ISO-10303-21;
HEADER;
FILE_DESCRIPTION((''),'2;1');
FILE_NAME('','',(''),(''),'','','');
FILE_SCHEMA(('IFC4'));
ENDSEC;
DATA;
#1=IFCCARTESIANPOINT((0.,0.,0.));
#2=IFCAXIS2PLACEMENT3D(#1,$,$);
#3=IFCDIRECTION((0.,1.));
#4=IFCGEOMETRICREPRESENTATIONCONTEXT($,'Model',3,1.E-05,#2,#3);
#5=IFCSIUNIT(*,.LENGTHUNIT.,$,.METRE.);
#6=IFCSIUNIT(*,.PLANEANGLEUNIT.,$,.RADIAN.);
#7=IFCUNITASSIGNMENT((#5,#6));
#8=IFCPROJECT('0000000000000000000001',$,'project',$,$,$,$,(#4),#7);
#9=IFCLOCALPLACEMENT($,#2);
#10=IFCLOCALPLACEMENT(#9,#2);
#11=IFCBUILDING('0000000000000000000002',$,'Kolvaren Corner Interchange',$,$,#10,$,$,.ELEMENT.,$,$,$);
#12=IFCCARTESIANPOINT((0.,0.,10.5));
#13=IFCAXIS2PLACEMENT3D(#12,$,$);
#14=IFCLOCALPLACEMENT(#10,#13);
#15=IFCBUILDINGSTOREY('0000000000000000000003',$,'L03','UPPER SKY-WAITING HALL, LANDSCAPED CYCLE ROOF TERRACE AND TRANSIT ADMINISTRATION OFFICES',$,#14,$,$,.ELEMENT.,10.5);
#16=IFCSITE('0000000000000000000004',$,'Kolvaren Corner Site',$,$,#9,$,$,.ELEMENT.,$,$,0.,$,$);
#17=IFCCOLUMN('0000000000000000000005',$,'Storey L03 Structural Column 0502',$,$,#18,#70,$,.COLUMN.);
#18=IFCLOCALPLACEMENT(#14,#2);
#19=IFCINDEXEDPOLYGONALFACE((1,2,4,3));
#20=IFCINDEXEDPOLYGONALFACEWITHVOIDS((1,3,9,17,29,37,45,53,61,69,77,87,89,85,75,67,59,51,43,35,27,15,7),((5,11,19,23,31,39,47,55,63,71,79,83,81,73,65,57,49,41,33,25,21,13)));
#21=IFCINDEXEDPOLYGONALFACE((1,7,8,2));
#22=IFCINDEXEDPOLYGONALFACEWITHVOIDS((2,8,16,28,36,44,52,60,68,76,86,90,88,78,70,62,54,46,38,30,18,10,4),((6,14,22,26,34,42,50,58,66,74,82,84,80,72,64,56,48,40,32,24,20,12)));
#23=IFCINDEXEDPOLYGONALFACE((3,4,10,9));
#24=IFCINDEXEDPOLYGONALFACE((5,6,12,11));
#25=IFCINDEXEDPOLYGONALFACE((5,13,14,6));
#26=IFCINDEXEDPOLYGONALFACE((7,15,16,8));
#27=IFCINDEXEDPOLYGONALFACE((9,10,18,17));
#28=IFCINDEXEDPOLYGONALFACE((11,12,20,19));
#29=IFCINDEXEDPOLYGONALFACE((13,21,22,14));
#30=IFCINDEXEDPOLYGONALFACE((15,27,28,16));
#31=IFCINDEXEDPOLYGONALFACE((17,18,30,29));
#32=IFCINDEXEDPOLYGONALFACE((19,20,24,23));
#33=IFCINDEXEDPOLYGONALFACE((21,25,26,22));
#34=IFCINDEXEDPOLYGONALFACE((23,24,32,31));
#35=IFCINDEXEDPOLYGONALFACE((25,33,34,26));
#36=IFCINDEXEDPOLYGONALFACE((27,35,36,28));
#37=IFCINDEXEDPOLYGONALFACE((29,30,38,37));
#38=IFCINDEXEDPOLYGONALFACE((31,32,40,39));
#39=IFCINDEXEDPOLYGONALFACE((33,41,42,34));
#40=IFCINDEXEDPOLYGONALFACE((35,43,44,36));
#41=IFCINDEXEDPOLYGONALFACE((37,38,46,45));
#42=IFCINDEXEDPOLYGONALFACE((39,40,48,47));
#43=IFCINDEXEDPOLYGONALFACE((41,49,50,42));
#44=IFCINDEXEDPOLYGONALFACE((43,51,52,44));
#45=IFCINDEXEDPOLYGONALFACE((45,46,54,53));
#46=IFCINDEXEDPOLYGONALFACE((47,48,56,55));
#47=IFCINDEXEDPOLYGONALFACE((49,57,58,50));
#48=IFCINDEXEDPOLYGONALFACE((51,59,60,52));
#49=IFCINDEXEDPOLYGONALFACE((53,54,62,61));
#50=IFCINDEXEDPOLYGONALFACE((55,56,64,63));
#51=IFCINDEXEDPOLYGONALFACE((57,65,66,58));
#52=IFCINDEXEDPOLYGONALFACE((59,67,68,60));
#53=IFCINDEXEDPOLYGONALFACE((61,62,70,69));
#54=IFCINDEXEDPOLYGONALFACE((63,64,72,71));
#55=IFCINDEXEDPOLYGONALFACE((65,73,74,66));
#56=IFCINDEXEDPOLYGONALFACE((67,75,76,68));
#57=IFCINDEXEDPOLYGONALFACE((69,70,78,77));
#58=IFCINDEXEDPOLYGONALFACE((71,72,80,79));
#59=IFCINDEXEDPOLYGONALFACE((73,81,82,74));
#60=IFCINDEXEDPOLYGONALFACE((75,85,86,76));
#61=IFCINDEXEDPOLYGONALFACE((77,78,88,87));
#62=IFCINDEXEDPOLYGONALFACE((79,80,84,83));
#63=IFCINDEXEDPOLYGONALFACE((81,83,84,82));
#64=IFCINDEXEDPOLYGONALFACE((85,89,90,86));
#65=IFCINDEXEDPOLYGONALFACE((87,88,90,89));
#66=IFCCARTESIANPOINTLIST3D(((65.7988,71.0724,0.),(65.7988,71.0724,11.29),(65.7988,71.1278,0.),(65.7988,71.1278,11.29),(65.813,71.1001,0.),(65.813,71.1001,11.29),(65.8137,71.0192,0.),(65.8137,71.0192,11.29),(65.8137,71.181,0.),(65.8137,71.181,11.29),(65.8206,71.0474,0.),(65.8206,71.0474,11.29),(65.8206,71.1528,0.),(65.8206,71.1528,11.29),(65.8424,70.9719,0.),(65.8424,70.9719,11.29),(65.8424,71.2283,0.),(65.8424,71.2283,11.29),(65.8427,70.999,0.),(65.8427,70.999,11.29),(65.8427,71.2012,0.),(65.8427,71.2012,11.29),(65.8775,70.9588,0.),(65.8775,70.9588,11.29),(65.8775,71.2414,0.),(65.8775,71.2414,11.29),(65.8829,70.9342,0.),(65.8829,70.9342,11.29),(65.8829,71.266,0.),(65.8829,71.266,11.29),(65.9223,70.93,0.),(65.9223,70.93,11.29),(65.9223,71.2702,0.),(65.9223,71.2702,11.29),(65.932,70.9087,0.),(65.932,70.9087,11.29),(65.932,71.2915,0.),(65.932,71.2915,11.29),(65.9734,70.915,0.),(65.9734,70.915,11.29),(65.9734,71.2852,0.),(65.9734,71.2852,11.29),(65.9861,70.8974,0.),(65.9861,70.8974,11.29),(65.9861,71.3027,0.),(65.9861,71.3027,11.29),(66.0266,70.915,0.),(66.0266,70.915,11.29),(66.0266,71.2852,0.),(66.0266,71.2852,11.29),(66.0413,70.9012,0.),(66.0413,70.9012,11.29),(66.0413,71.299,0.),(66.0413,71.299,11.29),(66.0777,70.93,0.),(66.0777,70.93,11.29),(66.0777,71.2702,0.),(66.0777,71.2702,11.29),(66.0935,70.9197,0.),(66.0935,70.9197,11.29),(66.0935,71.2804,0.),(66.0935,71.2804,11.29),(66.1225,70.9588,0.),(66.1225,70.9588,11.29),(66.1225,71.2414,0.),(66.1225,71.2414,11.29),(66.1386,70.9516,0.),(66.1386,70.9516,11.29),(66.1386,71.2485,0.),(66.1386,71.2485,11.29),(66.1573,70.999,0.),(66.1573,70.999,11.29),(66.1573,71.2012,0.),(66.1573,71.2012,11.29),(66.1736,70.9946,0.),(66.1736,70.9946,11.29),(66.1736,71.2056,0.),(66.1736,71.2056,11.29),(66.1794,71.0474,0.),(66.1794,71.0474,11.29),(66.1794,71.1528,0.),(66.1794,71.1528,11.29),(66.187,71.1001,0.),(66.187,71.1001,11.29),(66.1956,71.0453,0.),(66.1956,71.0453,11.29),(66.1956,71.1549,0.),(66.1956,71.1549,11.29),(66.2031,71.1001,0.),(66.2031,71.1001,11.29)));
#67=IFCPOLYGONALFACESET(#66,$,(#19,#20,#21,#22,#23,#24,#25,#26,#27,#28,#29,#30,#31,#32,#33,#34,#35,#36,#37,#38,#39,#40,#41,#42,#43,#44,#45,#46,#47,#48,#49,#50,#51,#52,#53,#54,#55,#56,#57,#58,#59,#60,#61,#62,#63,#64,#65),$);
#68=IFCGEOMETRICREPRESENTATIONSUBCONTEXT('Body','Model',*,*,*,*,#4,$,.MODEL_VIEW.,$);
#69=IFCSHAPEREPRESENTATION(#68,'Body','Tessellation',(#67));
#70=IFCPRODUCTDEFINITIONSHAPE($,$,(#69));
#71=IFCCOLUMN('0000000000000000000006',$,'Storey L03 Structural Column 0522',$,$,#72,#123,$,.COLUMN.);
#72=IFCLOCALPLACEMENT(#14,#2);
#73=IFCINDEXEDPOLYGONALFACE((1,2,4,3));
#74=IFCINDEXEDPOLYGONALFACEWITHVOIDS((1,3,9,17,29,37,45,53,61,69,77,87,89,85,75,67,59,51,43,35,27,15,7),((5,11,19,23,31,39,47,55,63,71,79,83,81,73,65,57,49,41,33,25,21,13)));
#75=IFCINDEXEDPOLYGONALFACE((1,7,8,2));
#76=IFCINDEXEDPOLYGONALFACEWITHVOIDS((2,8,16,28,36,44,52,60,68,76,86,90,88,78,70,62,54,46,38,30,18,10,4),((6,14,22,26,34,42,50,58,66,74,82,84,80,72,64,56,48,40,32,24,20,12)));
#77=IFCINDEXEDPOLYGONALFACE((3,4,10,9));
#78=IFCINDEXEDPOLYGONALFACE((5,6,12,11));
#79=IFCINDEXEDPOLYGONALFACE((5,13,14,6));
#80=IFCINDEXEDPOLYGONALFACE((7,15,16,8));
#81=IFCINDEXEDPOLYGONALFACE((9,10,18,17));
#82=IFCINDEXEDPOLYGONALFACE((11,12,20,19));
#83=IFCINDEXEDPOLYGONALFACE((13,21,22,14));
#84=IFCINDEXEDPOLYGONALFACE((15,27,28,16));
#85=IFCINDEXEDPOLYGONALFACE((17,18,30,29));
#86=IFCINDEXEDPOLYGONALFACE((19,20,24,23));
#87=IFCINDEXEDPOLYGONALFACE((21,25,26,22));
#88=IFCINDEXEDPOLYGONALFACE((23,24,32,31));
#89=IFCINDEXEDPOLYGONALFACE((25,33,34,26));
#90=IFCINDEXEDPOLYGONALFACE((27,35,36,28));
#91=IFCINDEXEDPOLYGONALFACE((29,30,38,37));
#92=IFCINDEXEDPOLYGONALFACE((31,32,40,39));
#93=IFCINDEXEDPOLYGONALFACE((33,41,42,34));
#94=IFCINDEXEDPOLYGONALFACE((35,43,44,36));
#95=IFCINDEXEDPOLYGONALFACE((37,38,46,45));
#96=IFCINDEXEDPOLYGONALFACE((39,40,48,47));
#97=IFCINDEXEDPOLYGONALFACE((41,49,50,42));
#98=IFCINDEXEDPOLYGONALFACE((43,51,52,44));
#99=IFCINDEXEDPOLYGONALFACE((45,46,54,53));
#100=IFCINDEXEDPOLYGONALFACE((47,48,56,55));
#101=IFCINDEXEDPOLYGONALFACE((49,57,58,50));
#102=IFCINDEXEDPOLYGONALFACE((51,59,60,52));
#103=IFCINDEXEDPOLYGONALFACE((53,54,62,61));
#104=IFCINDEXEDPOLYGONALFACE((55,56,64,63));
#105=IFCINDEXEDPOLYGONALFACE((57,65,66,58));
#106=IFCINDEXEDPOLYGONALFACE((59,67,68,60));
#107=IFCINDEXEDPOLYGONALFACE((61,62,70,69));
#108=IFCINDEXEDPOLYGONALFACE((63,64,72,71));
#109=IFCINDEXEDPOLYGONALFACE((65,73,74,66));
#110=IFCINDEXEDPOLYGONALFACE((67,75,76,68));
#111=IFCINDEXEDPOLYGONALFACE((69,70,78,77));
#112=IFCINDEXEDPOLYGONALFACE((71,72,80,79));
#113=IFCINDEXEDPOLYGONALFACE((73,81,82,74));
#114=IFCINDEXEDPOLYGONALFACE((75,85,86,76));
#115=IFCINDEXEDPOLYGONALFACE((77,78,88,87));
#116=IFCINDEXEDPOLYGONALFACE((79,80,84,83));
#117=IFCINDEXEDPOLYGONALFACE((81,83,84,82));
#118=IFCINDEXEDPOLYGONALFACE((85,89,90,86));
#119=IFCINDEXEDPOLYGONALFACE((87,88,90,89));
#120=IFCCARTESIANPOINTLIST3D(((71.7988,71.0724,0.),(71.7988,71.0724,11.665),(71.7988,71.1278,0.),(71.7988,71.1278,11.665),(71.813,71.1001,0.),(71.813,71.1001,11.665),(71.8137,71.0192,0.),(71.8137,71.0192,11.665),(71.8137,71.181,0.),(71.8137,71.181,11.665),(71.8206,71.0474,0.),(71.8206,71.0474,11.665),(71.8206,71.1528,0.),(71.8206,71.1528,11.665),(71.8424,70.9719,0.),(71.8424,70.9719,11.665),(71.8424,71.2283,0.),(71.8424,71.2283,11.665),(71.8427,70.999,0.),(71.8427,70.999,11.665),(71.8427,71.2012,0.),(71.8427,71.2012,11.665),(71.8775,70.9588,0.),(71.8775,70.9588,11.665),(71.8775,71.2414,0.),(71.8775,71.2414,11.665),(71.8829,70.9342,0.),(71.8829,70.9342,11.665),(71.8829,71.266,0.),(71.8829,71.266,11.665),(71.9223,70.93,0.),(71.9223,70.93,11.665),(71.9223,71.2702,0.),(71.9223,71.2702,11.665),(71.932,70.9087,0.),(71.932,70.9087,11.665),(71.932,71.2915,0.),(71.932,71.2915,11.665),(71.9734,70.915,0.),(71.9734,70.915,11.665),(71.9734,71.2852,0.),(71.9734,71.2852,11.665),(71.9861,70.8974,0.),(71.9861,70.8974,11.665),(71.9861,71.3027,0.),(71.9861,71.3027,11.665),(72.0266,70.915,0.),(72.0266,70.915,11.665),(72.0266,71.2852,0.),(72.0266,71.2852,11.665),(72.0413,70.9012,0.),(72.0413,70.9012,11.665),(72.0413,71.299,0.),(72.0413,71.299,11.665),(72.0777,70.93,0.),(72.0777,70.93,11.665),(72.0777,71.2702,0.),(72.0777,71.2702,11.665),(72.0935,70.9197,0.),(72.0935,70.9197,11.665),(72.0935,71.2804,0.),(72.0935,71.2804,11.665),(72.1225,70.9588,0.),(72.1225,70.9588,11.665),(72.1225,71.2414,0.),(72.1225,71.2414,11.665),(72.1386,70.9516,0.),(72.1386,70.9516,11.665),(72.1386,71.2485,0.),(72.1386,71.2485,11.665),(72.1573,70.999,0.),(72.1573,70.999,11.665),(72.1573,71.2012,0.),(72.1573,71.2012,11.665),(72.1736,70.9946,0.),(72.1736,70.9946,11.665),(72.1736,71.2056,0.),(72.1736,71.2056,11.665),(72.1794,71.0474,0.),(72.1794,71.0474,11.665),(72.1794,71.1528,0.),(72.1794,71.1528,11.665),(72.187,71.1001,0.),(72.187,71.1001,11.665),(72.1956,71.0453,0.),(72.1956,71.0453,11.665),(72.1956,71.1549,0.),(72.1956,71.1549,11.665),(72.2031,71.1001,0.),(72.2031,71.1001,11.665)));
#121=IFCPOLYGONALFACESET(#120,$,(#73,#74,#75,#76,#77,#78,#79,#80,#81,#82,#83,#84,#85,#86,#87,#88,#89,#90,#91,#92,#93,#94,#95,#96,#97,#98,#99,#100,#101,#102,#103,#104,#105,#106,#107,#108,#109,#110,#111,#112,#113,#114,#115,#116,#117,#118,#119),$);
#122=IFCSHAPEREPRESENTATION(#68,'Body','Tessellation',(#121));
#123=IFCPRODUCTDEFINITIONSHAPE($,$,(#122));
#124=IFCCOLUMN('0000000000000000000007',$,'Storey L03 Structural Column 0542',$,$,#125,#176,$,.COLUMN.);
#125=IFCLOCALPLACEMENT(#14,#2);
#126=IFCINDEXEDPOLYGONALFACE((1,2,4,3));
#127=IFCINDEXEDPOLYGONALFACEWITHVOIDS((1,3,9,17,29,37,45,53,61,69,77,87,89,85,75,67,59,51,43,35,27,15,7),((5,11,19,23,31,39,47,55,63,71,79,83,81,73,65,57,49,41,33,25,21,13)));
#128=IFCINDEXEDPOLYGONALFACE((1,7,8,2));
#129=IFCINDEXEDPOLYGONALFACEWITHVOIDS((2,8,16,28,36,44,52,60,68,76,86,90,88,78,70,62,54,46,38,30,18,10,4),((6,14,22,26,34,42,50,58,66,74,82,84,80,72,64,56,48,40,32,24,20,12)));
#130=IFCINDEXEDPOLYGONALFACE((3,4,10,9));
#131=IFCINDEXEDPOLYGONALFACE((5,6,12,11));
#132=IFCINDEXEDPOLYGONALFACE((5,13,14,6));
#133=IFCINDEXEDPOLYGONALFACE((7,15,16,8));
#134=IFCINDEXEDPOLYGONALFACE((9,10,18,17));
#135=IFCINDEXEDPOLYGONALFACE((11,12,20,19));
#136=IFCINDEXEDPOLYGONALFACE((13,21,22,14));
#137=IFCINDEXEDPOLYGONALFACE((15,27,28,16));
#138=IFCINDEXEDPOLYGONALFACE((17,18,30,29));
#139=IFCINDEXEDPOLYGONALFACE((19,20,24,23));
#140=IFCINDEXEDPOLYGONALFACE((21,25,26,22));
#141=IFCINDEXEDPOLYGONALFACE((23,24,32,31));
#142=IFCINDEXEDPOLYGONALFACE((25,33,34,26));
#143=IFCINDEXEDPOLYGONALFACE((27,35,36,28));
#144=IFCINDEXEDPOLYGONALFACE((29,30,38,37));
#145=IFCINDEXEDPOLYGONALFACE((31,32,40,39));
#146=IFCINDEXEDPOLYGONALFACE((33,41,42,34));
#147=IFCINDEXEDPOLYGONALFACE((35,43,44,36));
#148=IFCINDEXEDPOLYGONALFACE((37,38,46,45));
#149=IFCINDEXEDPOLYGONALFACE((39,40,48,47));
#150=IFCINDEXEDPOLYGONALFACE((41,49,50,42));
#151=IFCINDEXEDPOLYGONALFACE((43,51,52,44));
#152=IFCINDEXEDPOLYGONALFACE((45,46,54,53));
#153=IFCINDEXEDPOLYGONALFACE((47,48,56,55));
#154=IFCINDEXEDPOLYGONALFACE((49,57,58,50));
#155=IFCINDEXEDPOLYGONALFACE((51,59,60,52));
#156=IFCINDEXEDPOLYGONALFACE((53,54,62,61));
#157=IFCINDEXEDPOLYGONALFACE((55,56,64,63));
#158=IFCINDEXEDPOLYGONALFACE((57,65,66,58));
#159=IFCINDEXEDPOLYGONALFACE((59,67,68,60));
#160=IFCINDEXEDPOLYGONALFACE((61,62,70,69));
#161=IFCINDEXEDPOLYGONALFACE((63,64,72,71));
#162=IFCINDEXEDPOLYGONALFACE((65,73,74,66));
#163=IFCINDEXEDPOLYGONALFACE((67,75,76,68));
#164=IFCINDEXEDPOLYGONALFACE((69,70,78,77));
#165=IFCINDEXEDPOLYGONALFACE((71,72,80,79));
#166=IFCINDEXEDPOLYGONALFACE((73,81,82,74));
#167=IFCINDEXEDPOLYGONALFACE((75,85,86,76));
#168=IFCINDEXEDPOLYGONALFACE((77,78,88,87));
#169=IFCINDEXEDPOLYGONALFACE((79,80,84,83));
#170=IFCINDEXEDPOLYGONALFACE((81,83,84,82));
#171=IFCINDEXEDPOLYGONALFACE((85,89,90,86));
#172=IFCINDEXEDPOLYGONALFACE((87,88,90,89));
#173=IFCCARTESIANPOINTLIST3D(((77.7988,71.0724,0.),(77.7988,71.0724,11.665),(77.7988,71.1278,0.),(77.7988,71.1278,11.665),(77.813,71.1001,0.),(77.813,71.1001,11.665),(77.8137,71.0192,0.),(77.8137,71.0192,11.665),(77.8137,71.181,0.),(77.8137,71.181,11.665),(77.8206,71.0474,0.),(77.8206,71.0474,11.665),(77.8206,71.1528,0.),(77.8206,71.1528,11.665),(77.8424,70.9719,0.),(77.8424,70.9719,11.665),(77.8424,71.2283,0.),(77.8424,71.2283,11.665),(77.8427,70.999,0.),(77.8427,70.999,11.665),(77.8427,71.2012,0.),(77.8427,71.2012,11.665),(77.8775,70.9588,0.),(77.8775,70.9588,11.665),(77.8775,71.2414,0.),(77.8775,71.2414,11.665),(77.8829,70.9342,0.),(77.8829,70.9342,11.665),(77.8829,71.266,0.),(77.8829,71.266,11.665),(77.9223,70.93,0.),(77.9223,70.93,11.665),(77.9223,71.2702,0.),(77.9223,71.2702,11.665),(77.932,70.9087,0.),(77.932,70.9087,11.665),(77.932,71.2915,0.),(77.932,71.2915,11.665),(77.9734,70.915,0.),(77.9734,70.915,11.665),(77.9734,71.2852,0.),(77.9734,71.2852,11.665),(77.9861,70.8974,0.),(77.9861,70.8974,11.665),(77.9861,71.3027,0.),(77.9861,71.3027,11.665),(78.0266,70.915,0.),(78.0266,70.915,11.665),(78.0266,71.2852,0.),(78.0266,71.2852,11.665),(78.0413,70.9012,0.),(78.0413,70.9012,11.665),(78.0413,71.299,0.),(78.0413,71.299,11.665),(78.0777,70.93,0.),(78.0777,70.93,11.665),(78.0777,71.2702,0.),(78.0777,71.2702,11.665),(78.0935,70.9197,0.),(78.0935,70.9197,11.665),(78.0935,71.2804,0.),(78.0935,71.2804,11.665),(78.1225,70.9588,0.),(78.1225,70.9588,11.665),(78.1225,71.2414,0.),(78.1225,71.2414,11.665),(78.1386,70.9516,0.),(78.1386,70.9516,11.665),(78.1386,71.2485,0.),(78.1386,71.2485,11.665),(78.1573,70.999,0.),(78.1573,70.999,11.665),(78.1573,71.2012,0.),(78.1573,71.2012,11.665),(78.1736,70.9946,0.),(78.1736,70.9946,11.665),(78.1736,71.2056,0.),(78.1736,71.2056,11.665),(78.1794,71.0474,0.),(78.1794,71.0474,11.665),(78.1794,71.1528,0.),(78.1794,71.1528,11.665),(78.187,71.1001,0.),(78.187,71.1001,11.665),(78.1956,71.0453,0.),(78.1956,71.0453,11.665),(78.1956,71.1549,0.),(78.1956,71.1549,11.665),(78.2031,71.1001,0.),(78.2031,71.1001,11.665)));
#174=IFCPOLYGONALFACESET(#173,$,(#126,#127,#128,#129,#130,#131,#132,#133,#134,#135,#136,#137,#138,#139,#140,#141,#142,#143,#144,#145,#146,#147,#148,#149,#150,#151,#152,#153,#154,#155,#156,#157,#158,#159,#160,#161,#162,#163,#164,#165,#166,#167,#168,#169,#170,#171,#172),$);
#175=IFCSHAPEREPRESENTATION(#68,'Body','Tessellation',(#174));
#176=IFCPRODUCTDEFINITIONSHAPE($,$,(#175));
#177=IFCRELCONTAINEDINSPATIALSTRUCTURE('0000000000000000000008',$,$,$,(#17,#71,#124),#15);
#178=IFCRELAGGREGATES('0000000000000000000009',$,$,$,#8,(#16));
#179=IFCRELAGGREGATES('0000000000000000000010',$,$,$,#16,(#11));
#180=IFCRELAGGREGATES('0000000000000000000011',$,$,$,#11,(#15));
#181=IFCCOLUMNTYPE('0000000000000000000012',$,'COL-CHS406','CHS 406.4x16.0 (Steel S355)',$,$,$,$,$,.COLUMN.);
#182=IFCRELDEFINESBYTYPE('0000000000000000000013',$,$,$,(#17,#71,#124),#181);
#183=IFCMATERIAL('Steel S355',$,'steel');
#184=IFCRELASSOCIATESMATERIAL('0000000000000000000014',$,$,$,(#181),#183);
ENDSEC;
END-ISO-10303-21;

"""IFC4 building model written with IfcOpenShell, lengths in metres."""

from ifc_helpers import new_model, si_unit, direction, frame, origin, origin_2d, place, context, subcontext, project, spatial, hollow_circle, extrude, material, material_profile, profile_set, type_object, element, save


model = new_model("IFC4")

# Units and contexts
model_context = context("Model", 3, precision=1e-05, world=origin(), true_north=direction((0.0, 1.0)))
body_context = subcontext(model_context, "Body", "Model", "MODEL_VIEW")
ifc_project = project(units=[si_unit("LENGTHUNIT", "METRE"), si_unit("PLANEANGLEUNIT", "RADIAN")], contexts=[model_context])

# Site, building, storey
site_placement = place(None, origin())
site = spatial("IfcSite", under=ifc_project, at=site_placement, Name="Kolvaren Corner Site", CompositionType="ELEMENT", RefElevation=0.0)
building_placement = place(site_placement, origin())
building = spatial("IfcBuilding", under=site, at=building_placement, Name="Kolvaren Corner Interchange", CompositionType="ELEMENT")
storey_placement = place(building_placement, frame((0.0, 0.0, 10.5)))
storey = spatial("IfcBuildingStorey", under=building, at=storey_placement, Name="L03", Description="UPPER SKY-WAITING HALL, LANDSCAPED CYCLE ROOF TERRACE AND TRANSIT ADMINISTRATION OFFICES", CompositionType="ELEMENT", Elevation=10.5)

# Columns
ifc_material_1 = material(Name="Steel S355", Category="steel")
ifc_material_profile_1 = material_profile(ifc_material_1, hollow_circle(Radius=0.2031, WallThickness=0.0161, at=origin_2d()), Name="CHS 406.4x16.0")
ifc_profile_set_1 = profile_set([ifc_material_profile_1], Name="Steel S355")
column_type_1 = type_object("IfcColumnType", Name="COL-CHS406", Description="CHS 406.4x16.0 (Steel S355)", PredefinedType="COLUMN", material=ifc_profile_set_1)
column_placement = place(storey_placement, frame((66.0, 71.1001, 0.0), z_axis=(0.0, 0.0, 1.0), x_axis=(1.0, 0.0, 0.0)))
element("IfcColumn", 1, at=column_placement, inside=storey, type_object=column_type_1, Name="Storey L03 Structural Column 0502", PredefinedType="COLUMN", context=body_context, shape_type="SweptSolid", body=[
    extrude(hollow_circle(Radius=0.2031, WallThickness=0.0161, at=origin_2d()), origin(), (0.0, 0.0, 1.0), 11.29),
])
for number, where, z_axis, x_axis, name in (
    (2, (72.0, 71.1001, 0.0), (0.0, 0.0, 1.0), (1.0, 0.0, 0.0), "Storey L03 Structural Column 0522"),
    (3, (78.0, 71.1001, 0.0), (0.0, 0.0, 1.0), (1.0, 0.0, 0.0), "Storey L03 Structural Column 0542"),
):
    element("IfcColumn", number, at=place(storey_placement, frame(where, z_axis=z_axis, x_axis=x_axis)), inside=storey, type_object=column_type_1, Name=name, PredefinedType="COLUMN", context=body_context, shape_type="SweptSolid", body=[
        extrude(hollow_circle(Radius=0.2031, WallThickness=0.0161, at=origin_2d()), origin(), (0.0, 0.0, 1.0), 11.665),
    ])

save(model, "model.ifc")
